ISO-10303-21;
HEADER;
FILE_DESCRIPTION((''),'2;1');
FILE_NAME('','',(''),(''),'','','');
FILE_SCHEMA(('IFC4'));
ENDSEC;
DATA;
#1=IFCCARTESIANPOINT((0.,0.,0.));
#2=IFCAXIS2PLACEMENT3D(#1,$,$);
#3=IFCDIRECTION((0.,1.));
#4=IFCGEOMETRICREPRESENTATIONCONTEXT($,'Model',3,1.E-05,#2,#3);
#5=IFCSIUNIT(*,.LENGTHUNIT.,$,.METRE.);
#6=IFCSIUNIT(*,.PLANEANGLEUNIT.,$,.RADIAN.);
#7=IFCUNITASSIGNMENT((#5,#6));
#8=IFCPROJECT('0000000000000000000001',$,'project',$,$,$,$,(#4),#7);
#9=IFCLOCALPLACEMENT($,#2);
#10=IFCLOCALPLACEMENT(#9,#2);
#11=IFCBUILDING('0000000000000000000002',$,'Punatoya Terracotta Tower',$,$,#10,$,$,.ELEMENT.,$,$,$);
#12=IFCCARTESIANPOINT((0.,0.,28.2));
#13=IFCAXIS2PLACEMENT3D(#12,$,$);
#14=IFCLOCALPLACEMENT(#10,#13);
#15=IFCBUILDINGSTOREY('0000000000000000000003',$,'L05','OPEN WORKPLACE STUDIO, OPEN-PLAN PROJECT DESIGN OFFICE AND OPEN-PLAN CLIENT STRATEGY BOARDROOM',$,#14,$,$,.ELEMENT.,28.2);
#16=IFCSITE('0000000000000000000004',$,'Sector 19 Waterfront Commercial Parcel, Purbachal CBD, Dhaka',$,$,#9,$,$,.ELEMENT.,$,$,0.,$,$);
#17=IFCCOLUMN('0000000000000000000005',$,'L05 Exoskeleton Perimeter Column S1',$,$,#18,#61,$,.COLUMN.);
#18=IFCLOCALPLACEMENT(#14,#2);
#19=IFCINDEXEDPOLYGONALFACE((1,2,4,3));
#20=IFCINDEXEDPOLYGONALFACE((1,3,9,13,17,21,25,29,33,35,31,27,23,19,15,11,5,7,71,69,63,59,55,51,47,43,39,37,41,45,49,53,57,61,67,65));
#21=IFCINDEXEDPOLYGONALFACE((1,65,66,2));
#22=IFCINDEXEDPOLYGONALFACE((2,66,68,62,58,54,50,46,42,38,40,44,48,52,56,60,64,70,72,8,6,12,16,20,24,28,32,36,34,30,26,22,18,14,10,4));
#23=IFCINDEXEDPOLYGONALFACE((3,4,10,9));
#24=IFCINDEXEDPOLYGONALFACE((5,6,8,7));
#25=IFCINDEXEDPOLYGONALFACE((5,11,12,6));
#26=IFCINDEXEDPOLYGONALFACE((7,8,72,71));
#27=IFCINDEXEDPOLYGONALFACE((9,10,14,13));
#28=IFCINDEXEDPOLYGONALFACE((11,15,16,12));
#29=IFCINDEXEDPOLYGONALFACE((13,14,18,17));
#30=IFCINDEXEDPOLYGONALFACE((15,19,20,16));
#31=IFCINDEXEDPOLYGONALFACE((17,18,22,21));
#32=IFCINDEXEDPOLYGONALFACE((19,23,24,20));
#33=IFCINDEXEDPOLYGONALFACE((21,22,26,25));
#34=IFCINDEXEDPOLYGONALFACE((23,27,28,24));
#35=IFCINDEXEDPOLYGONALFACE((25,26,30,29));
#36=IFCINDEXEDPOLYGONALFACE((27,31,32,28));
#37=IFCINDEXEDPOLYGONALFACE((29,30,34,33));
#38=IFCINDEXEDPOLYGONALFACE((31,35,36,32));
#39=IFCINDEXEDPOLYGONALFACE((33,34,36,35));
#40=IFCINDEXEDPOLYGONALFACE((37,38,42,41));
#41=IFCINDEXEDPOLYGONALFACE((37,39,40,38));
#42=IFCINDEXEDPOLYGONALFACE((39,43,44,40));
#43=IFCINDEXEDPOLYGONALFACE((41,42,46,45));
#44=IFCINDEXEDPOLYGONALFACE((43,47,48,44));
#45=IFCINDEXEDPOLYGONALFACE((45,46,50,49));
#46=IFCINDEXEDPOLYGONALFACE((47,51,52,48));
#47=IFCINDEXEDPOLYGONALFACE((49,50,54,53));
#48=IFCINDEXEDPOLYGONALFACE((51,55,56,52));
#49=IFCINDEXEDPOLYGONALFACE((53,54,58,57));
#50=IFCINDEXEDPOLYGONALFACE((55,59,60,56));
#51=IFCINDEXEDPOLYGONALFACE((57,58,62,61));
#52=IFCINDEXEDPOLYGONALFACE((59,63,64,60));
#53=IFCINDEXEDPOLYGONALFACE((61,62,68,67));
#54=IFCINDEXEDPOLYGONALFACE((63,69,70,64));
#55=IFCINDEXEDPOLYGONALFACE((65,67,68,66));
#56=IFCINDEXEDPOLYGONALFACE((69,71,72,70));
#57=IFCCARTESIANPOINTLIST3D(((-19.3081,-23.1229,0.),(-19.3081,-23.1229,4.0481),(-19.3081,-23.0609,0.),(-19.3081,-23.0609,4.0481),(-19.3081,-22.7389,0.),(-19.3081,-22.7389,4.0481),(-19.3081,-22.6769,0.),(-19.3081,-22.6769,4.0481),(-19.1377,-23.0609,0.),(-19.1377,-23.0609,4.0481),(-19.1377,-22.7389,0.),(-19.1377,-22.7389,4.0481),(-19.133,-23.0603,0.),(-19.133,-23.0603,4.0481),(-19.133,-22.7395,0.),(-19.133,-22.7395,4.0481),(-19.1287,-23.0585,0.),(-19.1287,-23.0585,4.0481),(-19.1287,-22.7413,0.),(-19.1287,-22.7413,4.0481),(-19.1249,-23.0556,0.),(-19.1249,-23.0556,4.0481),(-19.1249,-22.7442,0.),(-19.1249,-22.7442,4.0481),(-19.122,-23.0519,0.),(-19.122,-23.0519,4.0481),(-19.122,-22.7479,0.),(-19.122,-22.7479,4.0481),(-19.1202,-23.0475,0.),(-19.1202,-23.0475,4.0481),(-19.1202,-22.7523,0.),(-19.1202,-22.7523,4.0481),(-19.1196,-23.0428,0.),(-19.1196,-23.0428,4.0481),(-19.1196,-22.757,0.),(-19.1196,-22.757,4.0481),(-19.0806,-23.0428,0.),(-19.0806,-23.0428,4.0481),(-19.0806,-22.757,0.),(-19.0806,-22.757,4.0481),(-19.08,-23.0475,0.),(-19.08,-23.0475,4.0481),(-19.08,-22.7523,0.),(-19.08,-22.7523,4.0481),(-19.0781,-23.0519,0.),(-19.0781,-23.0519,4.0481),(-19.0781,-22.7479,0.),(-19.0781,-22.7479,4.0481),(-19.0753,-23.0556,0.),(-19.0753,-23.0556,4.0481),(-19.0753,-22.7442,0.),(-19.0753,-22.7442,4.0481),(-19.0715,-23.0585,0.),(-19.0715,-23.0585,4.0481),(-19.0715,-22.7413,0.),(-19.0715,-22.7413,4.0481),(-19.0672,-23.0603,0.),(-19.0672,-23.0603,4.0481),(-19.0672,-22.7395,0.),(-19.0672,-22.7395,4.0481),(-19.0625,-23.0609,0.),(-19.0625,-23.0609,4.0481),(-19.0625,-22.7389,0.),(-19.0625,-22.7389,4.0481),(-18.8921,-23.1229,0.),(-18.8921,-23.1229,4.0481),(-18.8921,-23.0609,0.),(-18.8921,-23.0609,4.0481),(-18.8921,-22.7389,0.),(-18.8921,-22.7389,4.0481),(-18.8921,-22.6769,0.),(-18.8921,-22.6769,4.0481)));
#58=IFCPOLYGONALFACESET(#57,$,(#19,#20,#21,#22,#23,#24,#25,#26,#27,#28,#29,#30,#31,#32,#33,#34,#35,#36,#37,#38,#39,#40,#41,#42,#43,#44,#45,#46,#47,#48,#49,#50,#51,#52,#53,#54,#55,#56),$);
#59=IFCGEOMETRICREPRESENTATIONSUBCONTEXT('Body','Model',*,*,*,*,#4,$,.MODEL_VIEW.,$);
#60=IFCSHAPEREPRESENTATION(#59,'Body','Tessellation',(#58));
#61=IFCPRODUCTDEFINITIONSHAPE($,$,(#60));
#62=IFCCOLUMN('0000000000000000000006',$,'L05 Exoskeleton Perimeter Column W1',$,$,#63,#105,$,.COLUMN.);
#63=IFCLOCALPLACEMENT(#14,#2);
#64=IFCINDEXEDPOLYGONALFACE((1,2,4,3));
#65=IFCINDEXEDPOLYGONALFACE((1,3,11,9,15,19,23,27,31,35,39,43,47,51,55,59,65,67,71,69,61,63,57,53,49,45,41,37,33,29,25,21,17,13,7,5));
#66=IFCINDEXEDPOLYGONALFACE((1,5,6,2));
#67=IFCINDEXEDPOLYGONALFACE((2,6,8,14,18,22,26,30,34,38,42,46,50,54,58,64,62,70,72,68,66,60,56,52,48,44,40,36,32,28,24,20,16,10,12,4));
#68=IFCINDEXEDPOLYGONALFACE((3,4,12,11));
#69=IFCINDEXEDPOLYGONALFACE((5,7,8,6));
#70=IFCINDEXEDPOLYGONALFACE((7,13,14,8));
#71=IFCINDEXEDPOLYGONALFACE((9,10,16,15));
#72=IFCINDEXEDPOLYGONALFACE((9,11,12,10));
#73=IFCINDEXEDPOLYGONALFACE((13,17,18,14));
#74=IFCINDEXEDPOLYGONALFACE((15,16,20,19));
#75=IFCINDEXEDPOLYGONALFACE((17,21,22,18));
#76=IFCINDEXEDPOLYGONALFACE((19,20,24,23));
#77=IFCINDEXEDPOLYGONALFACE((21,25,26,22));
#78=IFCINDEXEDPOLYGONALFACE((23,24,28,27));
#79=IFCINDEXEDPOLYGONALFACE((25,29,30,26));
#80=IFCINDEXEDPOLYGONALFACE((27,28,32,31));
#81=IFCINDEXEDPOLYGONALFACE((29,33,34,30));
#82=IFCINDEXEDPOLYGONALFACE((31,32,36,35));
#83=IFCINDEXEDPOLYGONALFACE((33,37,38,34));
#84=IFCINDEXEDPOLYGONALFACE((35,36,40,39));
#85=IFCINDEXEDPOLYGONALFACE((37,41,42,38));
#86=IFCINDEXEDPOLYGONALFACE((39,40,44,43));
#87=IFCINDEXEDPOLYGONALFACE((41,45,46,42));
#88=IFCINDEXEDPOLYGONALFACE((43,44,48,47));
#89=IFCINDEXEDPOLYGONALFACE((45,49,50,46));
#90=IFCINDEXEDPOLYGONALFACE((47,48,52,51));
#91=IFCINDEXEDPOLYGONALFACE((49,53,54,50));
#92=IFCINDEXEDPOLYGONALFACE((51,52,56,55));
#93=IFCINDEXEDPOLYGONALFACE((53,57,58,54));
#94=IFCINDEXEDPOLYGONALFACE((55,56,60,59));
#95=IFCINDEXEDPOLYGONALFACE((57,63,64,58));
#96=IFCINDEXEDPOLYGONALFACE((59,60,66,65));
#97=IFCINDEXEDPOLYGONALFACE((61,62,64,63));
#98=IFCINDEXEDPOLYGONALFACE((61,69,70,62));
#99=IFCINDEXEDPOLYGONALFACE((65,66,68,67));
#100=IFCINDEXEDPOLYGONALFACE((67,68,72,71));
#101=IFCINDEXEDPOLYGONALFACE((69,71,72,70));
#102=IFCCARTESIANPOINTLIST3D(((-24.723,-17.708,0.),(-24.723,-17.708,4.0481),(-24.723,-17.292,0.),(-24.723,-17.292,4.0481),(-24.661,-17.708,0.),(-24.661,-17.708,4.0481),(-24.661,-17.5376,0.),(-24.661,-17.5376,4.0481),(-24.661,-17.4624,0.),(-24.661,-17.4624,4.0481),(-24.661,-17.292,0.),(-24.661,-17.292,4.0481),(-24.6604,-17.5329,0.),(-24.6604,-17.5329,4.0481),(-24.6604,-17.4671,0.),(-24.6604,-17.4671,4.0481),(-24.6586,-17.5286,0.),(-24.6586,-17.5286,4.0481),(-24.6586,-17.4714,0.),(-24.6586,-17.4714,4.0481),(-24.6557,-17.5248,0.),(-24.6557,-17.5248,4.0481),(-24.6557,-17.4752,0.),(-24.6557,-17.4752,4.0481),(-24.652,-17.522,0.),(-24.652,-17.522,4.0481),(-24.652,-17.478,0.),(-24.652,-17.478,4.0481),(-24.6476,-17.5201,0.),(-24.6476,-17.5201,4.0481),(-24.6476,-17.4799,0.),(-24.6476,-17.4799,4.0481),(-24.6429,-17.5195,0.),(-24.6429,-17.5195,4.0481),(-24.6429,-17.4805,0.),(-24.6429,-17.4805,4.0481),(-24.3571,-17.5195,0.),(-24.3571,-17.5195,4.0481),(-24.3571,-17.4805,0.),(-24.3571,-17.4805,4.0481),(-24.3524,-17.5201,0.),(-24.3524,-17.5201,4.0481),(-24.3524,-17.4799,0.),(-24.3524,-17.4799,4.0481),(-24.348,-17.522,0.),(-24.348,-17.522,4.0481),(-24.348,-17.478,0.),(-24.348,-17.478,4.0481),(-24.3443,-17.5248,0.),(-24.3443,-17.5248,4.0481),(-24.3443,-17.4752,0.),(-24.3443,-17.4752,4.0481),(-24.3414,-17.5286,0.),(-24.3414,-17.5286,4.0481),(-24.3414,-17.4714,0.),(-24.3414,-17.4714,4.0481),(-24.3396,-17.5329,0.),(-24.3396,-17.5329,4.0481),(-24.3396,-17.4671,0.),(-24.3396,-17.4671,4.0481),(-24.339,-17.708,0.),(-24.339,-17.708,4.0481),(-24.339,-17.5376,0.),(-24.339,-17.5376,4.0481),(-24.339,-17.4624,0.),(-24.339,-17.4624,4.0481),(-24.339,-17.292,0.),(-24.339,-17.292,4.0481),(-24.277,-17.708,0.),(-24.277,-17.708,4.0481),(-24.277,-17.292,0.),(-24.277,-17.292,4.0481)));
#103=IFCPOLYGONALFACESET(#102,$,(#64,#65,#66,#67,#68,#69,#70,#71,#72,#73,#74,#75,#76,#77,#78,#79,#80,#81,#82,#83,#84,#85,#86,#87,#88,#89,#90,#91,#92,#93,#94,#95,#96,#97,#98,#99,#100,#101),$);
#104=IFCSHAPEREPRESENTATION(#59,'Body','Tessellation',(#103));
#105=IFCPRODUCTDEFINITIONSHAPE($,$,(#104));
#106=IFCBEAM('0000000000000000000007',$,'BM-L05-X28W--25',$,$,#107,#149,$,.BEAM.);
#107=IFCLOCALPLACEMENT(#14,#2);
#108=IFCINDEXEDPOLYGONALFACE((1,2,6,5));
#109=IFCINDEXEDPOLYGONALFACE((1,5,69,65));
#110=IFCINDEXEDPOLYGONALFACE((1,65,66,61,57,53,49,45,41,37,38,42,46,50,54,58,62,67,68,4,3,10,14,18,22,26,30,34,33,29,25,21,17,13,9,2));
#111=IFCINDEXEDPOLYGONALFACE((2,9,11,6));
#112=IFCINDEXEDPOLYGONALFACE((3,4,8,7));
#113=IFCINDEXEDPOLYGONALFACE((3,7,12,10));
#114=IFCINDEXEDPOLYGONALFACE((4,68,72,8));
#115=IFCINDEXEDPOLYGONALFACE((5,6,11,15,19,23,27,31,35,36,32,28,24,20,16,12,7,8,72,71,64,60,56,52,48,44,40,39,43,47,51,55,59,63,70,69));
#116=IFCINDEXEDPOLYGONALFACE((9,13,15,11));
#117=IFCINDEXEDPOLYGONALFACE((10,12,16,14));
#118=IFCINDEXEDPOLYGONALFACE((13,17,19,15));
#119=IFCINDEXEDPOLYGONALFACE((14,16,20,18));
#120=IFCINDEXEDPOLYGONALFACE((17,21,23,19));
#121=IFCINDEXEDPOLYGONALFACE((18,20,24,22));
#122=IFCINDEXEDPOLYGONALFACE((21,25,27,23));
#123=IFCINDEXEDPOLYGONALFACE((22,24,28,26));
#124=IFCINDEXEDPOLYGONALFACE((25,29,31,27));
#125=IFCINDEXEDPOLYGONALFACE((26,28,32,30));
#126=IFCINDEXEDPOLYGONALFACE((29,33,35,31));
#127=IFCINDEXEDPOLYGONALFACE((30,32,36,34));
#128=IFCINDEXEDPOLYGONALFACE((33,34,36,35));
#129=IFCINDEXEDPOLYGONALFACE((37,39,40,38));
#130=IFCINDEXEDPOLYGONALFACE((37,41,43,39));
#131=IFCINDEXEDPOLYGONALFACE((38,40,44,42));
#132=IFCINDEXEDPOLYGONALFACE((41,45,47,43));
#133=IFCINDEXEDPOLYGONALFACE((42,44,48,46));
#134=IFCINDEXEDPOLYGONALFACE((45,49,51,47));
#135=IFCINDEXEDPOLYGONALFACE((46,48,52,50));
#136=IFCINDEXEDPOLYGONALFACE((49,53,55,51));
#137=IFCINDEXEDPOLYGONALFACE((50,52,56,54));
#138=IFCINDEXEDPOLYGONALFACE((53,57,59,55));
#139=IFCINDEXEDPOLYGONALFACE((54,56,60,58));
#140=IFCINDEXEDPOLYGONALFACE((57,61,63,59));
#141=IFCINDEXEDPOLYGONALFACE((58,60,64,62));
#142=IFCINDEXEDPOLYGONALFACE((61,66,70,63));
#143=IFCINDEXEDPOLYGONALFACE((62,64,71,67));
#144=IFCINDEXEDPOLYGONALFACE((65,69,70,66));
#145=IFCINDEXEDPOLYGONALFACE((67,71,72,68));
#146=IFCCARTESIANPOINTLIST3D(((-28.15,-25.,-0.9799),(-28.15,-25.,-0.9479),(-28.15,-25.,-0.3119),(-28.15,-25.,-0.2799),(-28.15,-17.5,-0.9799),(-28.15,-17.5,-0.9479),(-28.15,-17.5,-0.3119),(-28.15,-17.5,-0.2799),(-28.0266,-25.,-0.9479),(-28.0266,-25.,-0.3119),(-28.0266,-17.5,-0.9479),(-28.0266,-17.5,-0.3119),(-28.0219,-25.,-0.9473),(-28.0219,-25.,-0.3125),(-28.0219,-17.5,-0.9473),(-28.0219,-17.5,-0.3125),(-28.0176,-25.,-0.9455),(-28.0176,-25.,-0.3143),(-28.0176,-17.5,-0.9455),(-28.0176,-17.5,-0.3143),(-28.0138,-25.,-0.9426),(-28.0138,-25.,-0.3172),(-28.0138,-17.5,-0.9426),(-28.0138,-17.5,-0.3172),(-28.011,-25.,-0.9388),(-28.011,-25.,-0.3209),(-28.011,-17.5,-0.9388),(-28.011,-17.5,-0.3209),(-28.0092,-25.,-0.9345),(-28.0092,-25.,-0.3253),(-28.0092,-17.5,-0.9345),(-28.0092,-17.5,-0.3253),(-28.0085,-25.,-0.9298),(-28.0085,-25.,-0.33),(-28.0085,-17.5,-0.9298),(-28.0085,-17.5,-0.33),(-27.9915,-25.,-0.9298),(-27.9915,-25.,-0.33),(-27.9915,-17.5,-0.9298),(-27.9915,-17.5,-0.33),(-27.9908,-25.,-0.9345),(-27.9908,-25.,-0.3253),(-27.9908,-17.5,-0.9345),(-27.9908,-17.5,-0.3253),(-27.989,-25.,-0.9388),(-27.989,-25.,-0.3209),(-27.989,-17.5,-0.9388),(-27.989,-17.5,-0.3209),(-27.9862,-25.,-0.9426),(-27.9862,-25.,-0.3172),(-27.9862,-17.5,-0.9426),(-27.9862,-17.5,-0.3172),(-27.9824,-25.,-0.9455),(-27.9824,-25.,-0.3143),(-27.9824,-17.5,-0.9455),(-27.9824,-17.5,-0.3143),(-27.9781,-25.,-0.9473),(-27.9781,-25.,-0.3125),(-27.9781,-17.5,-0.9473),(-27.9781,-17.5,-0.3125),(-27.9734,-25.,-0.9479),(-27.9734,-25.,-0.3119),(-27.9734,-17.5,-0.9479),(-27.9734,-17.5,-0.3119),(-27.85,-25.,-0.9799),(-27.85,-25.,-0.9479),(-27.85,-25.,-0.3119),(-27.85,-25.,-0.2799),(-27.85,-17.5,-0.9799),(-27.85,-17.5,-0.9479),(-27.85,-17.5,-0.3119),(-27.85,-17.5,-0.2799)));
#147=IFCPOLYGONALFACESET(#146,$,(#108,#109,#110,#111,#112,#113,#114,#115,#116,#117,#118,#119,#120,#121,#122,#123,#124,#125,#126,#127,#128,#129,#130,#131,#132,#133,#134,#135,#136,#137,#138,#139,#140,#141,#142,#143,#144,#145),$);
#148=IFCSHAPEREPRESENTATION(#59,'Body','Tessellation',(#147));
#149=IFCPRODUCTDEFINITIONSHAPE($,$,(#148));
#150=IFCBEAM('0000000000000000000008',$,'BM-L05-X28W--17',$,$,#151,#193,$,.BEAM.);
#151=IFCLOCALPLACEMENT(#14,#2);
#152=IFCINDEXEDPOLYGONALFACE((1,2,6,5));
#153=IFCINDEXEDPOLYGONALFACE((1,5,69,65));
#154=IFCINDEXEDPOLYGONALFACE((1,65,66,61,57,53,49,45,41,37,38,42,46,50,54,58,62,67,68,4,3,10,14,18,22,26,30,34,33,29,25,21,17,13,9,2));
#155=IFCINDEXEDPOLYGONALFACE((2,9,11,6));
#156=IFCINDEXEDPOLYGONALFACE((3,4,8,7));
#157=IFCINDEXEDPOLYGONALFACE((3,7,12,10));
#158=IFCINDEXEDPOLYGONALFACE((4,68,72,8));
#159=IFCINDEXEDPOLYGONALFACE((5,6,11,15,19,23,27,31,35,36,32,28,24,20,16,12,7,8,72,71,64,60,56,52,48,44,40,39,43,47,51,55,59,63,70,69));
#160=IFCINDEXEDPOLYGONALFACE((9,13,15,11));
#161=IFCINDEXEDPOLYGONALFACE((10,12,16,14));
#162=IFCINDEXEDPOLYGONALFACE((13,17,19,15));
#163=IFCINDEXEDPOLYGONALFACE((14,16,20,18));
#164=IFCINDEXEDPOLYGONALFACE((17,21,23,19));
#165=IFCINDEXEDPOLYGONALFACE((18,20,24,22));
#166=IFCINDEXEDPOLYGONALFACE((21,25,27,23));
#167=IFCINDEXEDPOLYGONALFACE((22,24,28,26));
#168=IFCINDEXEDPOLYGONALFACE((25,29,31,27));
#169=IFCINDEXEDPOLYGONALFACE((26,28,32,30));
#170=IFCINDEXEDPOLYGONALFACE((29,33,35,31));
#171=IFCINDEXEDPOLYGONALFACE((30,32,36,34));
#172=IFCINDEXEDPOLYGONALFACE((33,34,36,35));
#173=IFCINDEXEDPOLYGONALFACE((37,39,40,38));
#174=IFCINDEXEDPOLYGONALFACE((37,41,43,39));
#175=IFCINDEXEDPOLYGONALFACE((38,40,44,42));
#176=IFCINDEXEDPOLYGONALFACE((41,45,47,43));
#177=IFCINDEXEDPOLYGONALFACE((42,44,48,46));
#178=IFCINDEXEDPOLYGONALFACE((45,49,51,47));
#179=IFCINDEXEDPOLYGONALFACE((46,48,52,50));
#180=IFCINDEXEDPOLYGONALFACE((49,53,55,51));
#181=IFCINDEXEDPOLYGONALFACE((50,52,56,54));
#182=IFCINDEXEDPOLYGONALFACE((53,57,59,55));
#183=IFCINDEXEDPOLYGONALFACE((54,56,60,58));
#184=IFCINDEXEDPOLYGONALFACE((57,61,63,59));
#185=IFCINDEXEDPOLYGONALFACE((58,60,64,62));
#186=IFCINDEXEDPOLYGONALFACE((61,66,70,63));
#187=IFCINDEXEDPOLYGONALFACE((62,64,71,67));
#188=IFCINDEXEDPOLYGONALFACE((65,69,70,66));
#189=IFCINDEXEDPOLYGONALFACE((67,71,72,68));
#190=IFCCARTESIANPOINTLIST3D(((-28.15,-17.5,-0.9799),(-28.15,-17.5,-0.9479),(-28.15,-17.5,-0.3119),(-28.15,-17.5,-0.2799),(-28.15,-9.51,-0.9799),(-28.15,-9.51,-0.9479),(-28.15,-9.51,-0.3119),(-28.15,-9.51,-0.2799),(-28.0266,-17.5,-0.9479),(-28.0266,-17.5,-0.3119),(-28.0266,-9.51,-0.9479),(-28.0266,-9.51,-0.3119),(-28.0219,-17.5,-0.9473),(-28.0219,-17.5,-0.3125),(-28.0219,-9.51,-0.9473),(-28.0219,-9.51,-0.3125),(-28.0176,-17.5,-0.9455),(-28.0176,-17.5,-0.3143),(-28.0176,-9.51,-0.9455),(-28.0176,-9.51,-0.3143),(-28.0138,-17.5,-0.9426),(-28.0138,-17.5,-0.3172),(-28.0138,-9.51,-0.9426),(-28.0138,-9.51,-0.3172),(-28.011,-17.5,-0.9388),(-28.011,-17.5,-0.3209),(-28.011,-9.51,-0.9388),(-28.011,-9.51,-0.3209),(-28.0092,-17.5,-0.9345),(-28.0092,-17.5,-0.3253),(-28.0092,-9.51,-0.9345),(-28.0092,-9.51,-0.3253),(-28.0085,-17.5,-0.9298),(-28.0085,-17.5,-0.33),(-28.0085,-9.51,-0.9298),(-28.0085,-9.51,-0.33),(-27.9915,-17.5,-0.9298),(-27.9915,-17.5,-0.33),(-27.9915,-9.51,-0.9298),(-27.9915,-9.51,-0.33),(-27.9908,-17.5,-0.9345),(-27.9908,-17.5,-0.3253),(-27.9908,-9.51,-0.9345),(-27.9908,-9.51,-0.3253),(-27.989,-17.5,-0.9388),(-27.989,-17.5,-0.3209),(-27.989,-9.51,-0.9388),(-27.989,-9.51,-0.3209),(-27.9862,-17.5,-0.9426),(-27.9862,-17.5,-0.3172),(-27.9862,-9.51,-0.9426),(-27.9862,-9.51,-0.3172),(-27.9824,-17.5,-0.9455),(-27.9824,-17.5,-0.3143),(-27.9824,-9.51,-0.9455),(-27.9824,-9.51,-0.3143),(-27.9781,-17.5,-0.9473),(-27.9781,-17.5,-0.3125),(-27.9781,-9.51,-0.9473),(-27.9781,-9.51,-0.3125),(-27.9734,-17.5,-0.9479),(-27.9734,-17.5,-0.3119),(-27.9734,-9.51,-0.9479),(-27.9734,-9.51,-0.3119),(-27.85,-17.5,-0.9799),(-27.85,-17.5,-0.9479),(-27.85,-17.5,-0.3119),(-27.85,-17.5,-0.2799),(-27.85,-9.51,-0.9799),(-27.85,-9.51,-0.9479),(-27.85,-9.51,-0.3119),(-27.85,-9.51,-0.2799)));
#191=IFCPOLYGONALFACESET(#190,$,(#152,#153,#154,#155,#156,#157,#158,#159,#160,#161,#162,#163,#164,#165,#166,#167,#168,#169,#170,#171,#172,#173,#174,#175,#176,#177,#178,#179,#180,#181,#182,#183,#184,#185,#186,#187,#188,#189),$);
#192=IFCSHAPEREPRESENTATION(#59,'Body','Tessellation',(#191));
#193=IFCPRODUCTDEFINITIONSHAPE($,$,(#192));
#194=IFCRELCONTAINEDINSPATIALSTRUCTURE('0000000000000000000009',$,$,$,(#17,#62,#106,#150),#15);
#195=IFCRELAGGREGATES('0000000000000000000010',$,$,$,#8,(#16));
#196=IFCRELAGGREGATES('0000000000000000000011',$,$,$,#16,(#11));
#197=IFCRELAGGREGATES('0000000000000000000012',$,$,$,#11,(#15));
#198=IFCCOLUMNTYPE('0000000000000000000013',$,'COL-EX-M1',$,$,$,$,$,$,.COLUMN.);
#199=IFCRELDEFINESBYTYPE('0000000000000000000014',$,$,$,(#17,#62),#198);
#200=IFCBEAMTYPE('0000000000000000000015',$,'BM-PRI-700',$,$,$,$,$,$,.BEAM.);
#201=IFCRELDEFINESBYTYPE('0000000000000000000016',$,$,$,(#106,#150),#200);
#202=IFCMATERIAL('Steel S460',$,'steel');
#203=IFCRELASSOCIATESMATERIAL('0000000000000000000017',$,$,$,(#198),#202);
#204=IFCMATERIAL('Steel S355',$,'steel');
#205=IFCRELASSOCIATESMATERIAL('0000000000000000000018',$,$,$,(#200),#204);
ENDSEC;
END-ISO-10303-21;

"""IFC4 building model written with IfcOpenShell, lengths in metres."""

from ifc_helpers import new_model, si_unit, direction, frame, origin, origin_2d, place, context, subcontext, project, spatial, i_section, extrude, material, material_profile, profile_set, type_object, element, save


model = new_model("IFC4")

# Units and contexts
model_context = context("Model", 3, precision=1e-05, world=origin(), true_north=direction((0.0, 1.0)))
body_context = subcontext(model_context, "Body", "Model", "MODEL_VIEW")
ifc_project = project(units=[si_unit("LENGTHUNIT", "METRE"), si_unit("PLANEANGLEUNIT", "RADIAN")], contexts=[model_context])

# Site, building, storey
site_placement = place(None, origin())
site = spatial("IfcSite", under=ifc_project, at=site_placement, Name="Sector 19 Waterfront Commercial Parcel, Purbachal CBD, Dhaka", CompositionType="ELEMENT", RefElevation=0.0)
building_placement = place(site_placement, origin())
building = spatial("IfcBuilding", under=site, at=building_placement, Name="Punatoya Terracotta Tower", CompositionType="ELEMENT")
storey_placement = place(building_placement, frame((0.0, 0.0, 28.2)))
storey = spatial("IfcBuildingStorey", under=building, at=storey_placement, Name="L05", Description="OPEN WORKPLACE STUDIO, OPEN-PLAN PROJECT DESIGN OFFICE AND OPEN-PLAN CLIENT STRATEGY BOARDROOM", CompositionType="ELEMENT", Elevation=28.2)

# Columns
ifc_material_1 = material(Name="Steel S460", Category="steel")
ifc_material_profile_1 = material_profile(ifc_material_1, i_section(OverallWidth=0.416, OverallDepth=0.446, WebThickness=0.0391, FlangeThickness=0.062, FilletRadius=0.0181, at=origin_2d()))
ifc_profile_set_1 = profile_set([ifc_material_profile_1], Name="Steel S460")
column_type = type_object("IfcColumnType", Name="COL-EX-M1", PredefinedType="COLUMN", material=ifc_profile_set_1)
for number, where, z_axis, x_axis, name in (
    (1, (-19.1001, -22.8999, 0.0), (0.0, 0.0, 1.0), (1.0, 0.0, 0.0), "L05 Exoskeleton Perimeter Column S1"),
    (2, (-24.5, -17.5, 0.0), (0.0, 0.0, 1.0), (0.0, 1.0, 0.0), "L05 Exoskeleton Perimeter Column W1"),
):
    element("IfcColumn", number, at=place(storey_placement, frame(where, z_axis=z_axis, x_axis=x_axis)), inside=storey, type_object=column_type, Name=name, PredefinedType="COLUMN", context=body_context, shape_type="SweptSolid", body=[
        extrude(i_section(OverallWidth=0.416, OverallDepth=0.446, WebThickness=0.0391, FlangeThickness=0.062, FilletRadius=0.0181, at=origin_2d()), origin(), (0.0, 0.0, 1.0), 4.0481),
    ])

# Beams
ifc_material_2 = material(Name="Steel S355", Category="steel")
ifc_material_profile_2 = material_profile(ifc_material_2, i_section(OverallWidth=0.3, OverallDepth=0.7, WebThickness=0.0171, FlangeThickness=0.032, FilletRadius=0.0181, at=origin_2d()))
ifc_profile_set_2 = profile_set([ifc_material_profile_2], Name="Steel S355")
beam_type_1 = type_object("IfcBeamType", Name="BM-PRI-700", PredefinedType="BEAM", material=ifc_profile_set_2)
beam_1_placement = place(storey_placement, frame((-28.0, -25.0, -0.6299), z_axis=(0.0, 1.0, 0.0), x_axis=(-1.0, 0.0, 0.0)))
element("IfcBeam", 3, at=beam_1_placement, inside=storey, type_object=beam_type_1, Name="BM-L05-X28W--25", PredefinedType="BEAM", context=body_context, shape_type="SweptSolid", body=[
    extrude(i_section(OverallWidth=0.3, OverallDepth=0.7, WebThickness=0.0171, FlangeThickness=0.032, FilletRadius=0.0181, at=origin_2d()), origin(), (0.0, 0.0, 1.0), 7.5),
])
beam_2_placement = place(storey_placement, frame((-28.0, -17.5, -0.6299), z_axis=(0.0, 1.0, 0.0), x_axis=(-1.0, 0.0, 0.0)))
element("IfcBeam", 4, at=beam_2_placement, inside=storey, type_object=beam_type_1, Name="BM-L05-X28W--17", PredefinedType="BEAM", context=body_context, shape_type="SweptSolid", body=[
    extrude(i_section(OverallWidth=0.3, OverallDepth=0.7, WebThickness=0.0171, FlangeThickness=0.032, FilletRadius=0.0181, at=origin_2d()), origin(), (0.0, 0.0, 1.0), 7.99),
])

save(model, "model.ifc")
